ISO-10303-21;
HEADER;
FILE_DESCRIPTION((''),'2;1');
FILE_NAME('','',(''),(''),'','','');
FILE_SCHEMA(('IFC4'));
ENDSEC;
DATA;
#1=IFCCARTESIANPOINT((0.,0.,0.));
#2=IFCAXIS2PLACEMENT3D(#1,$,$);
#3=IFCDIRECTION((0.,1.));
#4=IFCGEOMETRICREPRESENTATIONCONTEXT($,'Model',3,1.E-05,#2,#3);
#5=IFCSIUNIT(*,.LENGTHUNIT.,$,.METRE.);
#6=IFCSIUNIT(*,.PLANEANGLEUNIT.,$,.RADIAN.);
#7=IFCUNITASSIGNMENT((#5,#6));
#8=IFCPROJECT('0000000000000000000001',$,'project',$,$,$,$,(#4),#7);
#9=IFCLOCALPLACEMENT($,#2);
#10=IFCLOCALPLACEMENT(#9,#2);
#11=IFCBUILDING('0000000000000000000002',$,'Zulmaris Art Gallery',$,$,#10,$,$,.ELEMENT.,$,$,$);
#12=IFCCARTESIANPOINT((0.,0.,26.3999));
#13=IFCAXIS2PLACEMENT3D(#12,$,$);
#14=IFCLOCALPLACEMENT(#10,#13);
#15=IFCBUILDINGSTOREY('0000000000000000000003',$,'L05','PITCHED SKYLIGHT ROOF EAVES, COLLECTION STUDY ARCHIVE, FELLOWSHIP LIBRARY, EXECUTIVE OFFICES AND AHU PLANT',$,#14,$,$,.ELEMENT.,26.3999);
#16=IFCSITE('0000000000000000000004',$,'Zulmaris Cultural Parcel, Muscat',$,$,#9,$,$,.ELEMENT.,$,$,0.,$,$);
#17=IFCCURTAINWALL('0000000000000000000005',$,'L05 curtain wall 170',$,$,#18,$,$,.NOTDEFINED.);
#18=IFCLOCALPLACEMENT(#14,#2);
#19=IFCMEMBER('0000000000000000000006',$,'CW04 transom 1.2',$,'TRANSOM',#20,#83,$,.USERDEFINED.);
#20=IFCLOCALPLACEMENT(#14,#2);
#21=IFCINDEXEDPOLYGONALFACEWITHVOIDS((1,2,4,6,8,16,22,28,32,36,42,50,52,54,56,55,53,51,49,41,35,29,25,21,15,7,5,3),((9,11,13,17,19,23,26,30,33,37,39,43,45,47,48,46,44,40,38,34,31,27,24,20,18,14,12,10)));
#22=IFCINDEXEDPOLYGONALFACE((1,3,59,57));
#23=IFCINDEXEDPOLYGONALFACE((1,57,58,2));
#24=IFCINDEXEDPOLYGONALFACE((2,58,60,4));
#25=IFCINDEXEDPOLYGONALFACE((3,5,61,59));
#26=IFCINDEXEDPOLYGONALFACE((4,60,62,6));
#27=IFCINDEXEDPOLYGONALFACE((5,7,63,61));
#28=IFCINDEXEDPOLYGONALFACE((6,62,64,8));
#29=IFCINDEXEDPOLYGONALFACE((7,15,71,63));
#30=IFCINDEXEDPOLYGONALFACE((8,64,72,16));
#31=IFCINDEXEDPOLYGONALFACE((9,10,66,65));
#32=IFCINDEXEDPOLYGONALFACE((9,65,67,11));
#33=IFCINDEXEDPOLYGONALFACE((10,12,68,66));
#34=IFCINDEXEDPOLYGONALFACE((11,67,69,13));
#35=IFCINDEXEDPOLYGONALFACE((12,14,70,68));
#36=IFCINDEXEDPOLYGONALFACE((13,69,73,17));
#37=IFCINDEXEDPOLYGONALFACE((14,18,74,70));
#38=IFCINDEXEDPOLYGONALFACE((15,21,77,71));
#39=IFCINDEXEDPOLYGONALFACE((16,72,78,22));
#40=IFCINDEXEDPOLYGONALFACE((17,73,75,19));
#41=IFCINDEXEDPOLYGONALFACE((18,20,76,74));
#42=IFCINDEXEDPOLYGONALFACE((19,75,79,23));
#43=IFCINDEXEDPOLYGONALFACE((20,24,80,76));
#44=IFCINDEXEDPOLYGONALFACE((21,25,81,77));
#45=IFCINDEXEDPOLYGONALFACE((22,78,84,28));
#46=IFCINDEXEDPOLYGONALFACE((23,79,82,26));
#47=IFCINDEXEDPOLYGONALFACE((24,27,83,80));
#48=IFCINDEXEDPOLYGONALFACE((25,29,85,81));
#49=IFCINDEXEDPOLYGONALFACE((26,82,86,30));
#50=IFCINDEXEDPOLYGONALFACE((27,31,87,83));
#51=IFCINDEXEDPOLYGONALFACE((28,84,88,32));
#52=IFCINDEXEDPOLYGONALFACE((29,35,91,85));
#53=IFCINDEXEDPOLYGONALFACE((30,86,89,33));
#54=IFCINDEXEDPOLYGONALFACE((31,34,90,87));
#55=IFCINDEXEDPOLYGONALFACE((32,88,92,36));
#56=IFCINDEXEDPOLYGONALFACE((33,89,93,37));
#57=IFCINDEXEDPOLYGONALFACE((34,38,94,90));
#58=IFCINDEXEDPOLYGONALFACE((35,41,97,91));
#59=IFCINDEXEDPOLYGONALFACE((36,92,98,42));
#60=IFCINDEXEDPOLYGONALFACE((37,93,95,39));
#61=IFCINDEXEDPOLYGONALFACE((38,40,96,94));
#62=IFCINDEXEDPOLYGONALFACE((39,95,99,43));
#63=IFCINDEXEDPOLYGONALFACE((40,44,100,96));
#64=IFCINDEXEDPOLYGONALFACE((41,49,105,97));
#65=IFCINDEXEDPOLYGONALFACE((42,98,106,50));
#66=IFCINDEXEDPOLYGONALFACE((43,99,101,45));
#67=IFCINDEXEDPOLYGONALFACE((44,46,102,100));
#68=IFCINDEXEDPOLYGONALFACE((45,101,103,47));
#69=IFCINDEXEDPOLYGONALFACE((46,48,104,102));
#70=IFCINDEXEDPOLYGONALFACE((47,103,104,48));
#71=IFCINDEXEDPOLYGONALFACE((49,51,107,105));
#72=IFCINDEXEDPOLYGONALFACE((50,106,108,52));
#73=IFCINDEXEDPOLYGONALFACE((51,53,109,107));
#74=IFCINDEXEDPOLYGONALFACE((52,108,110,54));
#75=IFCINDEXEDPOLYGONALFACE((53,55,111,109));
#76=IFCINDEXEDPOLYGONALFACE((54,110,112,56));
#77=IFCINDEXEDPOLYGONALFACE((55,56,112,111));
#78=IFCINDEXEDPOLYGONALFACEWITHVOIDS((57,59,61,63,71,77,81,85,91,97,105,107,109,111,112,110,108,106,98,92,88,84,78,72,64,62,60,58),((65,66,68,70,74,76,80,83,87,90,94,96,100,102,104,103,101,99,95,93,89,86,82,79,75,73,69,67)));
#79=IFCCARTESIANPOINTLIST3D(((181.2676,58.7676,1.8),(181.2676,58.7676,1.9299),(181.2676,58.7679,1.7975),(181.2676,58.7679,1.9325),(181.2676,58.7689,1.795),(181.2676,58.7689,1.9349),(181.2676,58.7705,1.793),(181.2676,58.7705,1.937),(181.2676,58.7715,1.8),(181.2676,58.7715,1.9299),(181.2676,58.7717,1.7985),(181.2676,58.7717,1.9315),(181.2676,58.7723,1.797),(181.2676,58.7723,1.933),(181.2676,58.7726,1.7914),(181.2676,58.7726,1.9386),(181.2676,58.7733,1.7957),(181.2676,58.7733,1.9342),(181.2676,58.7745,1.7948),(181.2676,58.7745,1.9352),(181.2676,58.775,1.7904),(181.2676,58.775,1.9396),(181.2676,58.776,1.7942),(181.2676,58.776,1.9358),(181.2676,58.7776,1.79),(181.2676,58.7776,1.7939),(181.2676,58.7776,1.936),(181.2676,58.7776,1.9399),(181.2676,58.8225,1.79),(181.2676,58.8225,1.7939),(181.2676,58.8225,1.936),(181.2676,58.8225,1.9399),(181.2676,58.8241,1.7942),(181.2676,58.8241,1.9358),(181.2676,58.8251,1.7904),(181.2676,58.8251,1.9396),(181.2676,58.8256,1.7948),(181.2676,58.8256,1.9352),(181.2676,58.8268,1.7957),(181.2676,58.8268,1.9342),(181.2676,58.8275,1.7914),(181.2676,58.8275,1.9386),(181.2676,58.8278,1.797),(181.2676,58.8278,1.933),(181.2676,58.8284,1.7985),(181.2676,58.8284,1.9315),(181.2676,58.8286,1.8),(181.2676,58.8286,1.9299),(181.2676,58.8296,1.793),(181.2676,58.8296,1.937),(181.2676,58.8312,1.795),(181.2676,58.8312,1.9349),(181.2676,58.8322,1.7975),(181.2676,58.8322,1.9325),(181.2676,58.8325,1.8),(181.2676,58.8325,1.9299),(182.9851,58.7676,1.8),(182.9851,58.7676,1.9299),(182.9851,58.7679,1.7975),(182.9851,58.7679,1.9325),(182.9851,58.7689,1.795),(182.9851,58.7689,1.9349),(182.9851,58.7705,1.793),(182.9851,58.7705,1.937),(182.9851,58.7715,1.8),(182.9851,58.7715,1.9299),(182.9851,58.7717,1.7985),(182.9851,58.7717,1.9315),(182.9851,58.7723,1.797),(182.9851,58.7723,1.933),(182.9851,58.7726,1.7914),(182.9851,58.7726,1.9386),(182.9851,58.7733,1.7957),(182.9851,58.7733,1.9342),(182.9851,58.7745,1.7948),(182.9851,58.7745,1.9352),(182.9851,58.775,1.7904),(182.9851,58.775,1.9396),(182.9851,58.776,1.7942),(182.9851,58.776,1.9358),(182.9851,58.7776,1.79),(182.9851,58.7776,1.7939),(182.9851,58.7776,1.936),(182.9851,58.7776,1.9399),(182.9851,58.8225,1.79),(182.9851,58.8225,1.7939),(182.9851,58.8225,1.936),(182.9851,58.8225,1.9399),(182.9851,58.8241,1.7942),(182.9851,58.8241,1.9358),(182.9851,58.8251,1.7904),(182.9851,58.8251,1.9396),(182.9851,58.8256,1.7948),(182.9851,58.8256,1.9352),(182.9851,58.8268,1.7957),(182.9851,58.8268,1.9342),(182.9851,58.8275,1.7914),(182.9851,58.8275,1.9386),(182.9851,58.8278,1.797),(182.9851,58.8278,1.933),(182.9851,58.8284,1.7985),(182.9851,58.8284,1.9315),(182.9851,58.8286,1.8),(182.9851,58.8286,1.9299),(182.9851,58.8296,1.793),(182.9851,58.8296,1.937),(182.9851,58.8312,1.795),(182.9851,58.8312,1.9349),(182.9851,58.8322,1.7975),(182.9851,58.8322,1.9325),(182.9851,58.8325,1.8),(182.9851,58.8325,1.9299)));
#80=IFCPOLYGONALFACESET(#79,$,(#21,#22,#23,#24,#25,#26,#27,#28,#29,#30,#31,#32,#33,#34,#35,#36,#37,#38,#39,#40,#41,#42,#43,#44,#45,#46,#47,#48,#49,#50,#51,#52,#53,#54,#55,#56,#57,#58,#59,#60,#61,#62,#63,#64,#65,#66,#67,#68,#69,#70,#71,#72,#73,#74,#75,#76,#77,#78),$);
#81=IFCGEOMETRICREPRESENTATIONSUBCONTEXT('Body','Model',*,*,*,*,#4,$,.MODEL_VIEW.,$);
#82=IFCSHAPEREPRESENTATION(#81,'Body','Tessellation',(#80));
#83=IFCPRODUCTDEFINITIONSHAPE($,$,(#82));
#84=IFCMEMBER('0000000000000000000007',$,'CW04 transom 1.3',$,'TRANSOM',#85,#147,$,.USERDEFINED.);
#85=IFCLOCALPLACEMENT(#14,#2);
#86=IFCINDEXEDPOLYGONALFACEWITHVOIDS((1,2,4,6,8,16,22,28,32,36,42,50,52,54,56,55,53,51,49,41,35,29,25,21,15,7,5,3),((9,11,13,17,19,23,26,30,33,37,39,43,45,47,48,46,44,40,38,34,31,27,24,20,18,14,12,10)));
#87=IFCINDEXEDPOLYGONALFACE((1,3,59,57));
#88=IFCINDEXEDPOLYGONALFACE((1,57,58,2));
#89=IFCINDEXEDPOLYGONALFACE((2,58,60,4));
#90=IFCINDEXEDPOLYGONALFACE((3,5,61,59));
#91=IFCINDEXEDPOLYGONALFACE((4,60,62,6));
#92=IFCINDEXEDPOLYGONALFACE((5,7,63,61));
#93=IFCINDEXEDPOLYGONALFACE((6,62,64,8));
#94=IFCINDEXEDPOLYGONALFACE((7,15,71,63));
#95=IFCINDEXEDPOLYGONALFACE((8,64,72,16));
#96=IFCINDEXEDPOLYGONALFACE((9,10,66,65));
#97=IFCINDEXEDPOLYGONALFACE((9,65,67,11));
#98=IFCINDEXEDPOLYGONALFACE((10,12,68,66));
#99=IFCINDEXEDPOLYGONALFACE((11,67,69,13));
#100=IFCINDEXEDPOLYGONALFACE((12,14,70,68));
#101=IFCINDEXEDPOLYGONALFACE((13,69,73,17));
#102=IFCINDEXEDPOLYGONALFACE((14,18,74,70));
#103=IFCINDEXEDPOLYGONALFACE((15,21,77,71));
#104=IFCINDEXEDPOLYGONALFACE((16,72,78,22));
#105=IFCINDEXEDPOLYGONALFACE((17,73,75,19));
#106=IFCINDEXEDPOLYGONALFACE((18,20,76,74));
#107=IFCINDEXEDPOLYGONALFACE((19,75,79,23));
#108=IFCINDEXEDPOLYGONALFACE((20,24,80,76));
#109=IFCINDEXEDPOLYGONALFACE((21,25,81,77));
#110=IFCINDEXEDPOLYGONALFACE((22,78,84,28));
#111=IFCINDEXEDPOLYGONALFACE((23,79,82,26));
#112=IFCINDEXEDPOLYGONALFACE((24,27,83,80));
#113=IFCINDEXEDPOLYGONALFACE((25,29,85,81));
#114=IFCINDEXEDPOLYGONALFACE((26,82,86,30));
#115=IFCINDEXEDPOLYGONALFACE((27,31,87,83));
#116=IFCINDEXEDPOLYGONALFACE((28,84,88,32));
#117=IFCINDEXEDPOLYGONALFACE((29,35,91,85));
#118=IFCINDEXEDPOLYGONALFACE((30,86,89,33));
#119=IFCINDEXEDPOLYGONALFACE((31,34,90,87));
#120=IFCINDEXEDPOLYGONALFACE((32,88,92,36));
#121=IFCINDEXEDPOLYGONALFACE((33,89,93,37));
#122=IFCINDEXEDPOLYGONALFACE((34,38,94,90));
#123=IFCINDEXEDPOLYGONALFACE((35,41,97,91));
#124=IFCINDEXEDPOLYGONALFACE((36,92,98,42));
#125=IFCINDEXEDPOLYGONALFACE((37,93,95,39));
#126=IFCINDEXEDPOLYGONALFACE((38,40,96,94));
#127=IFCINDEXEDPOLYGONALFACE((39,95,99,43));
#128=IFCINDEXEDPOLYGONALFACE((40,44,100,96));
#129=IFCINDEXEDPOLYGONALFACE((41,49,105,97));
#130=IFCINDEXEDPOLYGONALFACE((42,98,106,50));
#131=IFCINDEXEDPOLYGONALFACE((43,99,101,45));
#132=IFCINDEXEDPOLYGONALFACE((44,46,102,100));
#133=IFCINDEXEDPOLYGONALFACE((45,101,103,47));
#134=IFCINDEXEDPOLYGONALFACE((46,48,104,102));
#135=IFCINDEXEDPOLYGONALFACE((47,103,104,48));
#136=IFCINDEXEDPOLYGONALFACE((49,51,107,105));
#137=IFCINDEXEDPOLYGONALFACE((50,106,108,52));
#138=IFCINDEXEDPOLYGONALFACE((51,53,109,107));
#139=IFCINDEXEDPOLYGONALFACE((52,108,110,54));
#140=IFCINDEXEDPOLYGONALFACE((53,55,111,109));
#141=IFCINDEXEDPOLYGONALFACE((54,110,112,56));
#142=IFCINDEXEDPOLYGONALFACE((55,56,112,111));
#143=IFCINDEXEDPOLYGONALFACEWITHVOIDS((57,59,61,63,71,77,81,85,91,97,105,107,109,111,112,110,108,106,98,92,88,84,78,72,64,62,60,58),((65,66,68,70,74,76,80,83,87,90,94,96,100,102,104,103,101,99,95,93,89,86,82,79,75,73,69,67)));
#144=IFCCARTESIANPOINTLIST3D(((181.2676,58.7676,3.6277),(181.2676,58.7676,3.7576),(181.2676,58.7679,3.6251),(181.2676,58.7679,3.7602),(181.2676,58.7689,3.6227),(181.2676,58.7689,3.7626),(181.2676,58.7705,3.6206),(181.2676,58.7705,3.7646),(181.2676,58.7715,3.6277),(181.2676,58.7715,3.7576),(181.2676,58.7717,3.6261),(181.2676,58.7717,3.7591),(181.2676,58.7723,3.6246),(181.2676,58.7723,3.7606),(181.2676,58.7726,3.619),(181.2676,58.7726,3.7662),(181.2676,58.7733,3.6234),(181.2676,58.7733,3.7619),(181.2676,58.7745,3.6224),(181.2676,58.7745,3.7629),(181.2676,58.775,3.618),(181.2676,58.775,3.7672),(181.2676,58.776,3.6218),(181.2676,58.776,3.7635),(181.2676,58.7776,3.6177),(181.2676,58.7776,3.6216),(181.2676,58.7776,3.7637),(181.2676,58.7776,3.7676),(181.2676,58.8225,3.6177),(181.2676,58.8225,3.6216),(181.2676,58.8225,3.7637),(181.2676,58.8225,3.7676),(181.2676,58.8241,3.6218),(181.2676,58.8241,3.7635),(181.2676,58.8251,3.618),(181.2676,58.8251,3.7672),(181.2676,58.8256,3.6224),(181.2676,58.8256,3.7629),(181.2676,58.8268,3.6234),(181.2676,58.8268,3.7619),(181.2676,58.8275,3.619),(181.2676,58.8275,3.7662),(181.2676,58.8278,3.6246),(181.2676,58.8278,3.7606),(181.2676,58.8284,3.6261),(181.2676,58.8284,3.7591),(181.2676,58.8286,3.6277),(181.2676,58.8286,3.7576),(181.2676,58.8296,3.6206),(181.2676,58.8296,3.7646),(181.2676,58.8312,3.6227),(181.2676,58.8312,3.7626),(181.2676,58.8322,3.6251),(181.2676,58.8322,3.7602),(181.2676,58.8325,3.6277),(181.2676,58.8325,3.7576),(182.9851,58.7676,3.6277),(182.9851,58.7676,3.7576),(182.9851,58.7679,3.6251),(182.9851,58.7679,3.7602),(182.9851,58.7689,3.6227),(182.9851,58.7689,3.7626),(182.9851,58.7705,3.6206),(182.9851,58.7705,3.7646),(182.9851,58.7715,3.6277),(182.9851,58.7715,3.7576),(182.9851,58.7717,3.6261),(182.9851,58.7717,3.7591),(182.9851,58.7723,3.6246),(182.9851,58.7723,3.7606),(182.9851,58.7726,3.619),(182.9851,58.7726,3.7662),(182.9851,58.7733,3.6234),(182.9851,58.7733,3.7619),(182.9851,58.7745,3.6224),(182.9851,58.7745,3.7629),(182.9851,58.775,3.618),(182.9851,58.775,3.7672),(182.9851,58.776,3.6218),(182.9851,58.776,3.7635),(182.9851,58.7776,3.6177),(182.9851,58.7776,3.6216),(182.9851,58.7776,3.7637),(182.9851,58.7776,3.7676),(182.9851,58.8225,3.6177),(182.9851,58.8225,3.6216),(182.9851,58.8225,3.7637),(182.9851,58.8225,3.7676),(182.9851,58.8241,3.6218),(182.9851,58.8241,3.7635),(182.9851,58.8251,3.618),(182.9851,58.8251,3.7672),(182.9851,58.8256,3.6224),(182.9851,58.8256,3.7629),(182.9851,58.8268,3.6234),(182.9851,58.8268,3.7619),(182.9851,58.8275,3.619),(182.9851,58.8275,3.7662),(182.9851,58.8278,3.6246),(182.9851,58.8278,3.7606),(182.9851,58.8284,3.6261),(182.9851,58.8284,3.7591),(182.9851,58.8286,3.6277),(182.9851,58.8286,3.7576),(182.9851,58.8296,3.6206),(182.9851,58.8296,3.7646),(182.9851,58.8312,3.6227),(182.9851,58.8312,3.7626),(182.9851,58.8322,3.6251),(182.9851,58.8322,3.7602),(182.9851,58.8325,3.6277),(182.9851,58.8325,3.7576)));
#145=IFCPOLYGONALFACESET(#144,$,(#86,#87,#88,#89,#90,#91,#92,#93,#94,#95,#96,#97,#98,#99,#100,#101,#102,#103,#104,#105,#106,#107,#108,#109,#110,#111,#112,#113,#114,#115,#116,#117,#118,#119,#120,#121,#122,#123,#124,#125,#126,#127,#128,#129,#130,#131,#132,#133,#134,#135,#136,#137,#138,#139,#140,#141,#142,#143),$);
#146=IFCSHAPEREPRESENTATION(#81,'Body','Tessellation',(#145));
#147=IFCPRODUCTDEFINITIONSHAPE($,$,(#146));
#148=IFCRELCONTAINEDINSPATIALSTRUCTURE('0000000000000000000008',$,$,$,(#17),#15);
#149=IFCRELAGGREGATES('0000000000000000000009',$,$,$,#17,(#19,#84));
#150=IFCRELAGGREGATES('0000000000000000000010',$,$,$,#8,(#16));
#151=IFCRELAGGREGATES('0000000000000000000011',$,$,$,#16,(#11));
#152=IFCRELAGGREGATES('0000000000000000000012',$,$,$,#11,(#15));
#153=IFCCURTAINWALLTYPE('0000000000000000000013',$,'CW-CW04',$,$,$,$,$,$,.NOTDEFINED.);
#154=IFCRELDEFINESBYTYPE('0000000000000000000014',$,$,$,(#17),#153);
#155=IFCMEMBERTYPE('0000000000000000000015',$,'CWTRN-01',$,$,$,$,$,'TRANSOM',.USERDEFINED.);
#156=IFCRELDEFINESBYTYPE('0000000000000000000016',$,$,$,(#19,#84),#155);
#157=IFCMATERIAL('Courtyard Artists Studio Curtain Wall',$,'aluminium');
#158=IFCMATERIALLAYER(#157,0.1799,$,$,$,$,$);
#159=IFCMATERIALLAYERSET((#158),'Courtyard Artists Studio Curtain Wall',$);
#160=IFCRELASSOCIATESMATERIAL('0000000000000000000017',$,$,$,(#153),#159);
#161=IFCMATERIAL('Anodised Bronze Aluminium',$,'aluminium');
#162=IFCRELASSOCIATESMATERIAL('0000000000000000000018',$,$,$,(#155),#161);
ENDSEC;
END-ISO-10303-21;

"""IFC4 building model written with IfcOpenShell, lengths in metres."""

from ifc_helpers import new_model, si_unit, direction, frame, origin, origin_2d, place, context, subcontext, project, spatial, hollow_rectangle, extrude, material, layer, layer_set, material_profile, profile_set, type_object, element, aggregate, save


model = new_model("IFC4")

# Units and contexts
model_context = context("Model", 3, precision=1e-05, world=origin(), true_north=direction((0.0, 1.0)))
body_context = subcontext(model_context, "Body", "Model", "MODEL_VIEW")
ifc_project = project(units=[si_unit("LENGTHUNIT", "METRE"), si_unit("PLANEANGLEUNIT", "RADIAN")], contexts=[model_context])

# Site, building, storey
site_placement = place(None, origin())
site = spatial("IfcSite", under=ifc_project, at=site_placement, Name="Zulmaris Cultural Parcel, Muscat", CompositionType="ELEMENT", RefElevation=0.0)
building_placement = place(site_placement, origin())
building = spatial("IfcBuilding", under=site, at=building_placement, Name="Zulmaris Art Gallery", CompositionType="ELEMENT")
storey_placement = place(building_placement, frame((0.0, 0.0, 26.3999)))
storey = spatial("IfcBuildingStorey", under=building, at=storey_placement, Name="L05", Description="PITCHED SKYLIGHT ROOF EAVES, COLLECTION STUDY ARCHIVE, FELLOWSHIP LIBRARY, EXECUTIVE OFFICES AND AHU PLANT", CompositionType="ELEMENT", Elevation=26.3999)

# Curtain wall, members
ifc_material_1 = material(Name="Courtyard Artists Studio Curtain Wall", Category="aluminium")
ifc_layer_1 = layer(ifc_material_1, 0.1799)
ifc_layer_set_1 = layer_set([ifc_layer_1], Name="Courtyard Artists Studio Curtain Wall")
curtain_wall_type = type_object("IfcCurtainWallType", Name="CW-CW04", PredefinedType="NOTDEFINED", material=ifc_layer_set_1)
curtain_wall_placement = place(storey_placement, origin())
curtain_wall = element("IfcCurtainWall", 1, at=curtain_wall_placement, inside=storey, type_object=curtain_wall_type, Name="L05 curtain wall 170", PredefinedType="NOTDEFINED")
ifc_material_2 = material(Name="Anodised Bronze Aluminium", Category="aluminium")
ifc_material_profile_1 = material_profile(ifc_material_2, hollow_rectangle(XDim=0.0649, YDim=0.1499, WallThickness=0.0039, InnerFilletRadius=0.0061, OuterFilletRadius=0.01, at=origin_2d()), Name="ALU 65x150x4")
ifc_profile_set_1 = profile_set([ifc_material_profile_1], Name="Anodised Bronze Aluminium")
member_type_1 = type_object("IfcMemberType", Name="CWTRN-01", ElementType="TRANSOM", PredefinedType="USERDEFINED", material=ifc_profile_set_1)
member_1_placement = place(storey_placement, frame((182.9851, 58.8, 1.865), z_axis=(-1.0, 0.0, 0.0), x_axis=(0.0, -1.0, 0.0)))
member_1 = element("IfcMember", 2, at=member_1_placement, type_object=member_type_1, Name="CW04 transom 1.2", ObjectType="TRANSOM", PredefinedType="USERDEFINED", context=body_context, shape_type="SweptSolid", body=[
    extrude(hollow_rectangle(XDim=0.0649, YDim=0.1499, WallThickness=0.0039, InnerFilletRadius=0.0061, OuterFilletRadius=0.01, at=origin_2d()), origin(), (0.0, 0.0, 1.0), 1.7175),
])
member_2_placement = place(storey_placement, frame((182.9851, 58.8, 3.6926), z_axis=(-1.0, 0.0, 0.0), x_axis=(0.0, -1.0, 0.0)))
member_2 = element("IfcMember", 3, at=member_2_placement, type_object=member_type_1, Name="CW04 transom 1.3", ObjectType="TRANSOM", PredefinedType="USERDEFINED", context=body_context, shape_type="SweptSolid", body=[
    extrude(hollow_rectangle(XDim=0.0649, YDim=0.1499, WallThickness=0.0039, InnerFilletRadius=0.0061, OuterFilletRadius=0.01, at=origin_2d()), origin(), (0.0, 0.0, 1.0), 1.7175),
])
aggregate(curtain_wall, [member_1, member_2])

save(model, "model.ifc")
